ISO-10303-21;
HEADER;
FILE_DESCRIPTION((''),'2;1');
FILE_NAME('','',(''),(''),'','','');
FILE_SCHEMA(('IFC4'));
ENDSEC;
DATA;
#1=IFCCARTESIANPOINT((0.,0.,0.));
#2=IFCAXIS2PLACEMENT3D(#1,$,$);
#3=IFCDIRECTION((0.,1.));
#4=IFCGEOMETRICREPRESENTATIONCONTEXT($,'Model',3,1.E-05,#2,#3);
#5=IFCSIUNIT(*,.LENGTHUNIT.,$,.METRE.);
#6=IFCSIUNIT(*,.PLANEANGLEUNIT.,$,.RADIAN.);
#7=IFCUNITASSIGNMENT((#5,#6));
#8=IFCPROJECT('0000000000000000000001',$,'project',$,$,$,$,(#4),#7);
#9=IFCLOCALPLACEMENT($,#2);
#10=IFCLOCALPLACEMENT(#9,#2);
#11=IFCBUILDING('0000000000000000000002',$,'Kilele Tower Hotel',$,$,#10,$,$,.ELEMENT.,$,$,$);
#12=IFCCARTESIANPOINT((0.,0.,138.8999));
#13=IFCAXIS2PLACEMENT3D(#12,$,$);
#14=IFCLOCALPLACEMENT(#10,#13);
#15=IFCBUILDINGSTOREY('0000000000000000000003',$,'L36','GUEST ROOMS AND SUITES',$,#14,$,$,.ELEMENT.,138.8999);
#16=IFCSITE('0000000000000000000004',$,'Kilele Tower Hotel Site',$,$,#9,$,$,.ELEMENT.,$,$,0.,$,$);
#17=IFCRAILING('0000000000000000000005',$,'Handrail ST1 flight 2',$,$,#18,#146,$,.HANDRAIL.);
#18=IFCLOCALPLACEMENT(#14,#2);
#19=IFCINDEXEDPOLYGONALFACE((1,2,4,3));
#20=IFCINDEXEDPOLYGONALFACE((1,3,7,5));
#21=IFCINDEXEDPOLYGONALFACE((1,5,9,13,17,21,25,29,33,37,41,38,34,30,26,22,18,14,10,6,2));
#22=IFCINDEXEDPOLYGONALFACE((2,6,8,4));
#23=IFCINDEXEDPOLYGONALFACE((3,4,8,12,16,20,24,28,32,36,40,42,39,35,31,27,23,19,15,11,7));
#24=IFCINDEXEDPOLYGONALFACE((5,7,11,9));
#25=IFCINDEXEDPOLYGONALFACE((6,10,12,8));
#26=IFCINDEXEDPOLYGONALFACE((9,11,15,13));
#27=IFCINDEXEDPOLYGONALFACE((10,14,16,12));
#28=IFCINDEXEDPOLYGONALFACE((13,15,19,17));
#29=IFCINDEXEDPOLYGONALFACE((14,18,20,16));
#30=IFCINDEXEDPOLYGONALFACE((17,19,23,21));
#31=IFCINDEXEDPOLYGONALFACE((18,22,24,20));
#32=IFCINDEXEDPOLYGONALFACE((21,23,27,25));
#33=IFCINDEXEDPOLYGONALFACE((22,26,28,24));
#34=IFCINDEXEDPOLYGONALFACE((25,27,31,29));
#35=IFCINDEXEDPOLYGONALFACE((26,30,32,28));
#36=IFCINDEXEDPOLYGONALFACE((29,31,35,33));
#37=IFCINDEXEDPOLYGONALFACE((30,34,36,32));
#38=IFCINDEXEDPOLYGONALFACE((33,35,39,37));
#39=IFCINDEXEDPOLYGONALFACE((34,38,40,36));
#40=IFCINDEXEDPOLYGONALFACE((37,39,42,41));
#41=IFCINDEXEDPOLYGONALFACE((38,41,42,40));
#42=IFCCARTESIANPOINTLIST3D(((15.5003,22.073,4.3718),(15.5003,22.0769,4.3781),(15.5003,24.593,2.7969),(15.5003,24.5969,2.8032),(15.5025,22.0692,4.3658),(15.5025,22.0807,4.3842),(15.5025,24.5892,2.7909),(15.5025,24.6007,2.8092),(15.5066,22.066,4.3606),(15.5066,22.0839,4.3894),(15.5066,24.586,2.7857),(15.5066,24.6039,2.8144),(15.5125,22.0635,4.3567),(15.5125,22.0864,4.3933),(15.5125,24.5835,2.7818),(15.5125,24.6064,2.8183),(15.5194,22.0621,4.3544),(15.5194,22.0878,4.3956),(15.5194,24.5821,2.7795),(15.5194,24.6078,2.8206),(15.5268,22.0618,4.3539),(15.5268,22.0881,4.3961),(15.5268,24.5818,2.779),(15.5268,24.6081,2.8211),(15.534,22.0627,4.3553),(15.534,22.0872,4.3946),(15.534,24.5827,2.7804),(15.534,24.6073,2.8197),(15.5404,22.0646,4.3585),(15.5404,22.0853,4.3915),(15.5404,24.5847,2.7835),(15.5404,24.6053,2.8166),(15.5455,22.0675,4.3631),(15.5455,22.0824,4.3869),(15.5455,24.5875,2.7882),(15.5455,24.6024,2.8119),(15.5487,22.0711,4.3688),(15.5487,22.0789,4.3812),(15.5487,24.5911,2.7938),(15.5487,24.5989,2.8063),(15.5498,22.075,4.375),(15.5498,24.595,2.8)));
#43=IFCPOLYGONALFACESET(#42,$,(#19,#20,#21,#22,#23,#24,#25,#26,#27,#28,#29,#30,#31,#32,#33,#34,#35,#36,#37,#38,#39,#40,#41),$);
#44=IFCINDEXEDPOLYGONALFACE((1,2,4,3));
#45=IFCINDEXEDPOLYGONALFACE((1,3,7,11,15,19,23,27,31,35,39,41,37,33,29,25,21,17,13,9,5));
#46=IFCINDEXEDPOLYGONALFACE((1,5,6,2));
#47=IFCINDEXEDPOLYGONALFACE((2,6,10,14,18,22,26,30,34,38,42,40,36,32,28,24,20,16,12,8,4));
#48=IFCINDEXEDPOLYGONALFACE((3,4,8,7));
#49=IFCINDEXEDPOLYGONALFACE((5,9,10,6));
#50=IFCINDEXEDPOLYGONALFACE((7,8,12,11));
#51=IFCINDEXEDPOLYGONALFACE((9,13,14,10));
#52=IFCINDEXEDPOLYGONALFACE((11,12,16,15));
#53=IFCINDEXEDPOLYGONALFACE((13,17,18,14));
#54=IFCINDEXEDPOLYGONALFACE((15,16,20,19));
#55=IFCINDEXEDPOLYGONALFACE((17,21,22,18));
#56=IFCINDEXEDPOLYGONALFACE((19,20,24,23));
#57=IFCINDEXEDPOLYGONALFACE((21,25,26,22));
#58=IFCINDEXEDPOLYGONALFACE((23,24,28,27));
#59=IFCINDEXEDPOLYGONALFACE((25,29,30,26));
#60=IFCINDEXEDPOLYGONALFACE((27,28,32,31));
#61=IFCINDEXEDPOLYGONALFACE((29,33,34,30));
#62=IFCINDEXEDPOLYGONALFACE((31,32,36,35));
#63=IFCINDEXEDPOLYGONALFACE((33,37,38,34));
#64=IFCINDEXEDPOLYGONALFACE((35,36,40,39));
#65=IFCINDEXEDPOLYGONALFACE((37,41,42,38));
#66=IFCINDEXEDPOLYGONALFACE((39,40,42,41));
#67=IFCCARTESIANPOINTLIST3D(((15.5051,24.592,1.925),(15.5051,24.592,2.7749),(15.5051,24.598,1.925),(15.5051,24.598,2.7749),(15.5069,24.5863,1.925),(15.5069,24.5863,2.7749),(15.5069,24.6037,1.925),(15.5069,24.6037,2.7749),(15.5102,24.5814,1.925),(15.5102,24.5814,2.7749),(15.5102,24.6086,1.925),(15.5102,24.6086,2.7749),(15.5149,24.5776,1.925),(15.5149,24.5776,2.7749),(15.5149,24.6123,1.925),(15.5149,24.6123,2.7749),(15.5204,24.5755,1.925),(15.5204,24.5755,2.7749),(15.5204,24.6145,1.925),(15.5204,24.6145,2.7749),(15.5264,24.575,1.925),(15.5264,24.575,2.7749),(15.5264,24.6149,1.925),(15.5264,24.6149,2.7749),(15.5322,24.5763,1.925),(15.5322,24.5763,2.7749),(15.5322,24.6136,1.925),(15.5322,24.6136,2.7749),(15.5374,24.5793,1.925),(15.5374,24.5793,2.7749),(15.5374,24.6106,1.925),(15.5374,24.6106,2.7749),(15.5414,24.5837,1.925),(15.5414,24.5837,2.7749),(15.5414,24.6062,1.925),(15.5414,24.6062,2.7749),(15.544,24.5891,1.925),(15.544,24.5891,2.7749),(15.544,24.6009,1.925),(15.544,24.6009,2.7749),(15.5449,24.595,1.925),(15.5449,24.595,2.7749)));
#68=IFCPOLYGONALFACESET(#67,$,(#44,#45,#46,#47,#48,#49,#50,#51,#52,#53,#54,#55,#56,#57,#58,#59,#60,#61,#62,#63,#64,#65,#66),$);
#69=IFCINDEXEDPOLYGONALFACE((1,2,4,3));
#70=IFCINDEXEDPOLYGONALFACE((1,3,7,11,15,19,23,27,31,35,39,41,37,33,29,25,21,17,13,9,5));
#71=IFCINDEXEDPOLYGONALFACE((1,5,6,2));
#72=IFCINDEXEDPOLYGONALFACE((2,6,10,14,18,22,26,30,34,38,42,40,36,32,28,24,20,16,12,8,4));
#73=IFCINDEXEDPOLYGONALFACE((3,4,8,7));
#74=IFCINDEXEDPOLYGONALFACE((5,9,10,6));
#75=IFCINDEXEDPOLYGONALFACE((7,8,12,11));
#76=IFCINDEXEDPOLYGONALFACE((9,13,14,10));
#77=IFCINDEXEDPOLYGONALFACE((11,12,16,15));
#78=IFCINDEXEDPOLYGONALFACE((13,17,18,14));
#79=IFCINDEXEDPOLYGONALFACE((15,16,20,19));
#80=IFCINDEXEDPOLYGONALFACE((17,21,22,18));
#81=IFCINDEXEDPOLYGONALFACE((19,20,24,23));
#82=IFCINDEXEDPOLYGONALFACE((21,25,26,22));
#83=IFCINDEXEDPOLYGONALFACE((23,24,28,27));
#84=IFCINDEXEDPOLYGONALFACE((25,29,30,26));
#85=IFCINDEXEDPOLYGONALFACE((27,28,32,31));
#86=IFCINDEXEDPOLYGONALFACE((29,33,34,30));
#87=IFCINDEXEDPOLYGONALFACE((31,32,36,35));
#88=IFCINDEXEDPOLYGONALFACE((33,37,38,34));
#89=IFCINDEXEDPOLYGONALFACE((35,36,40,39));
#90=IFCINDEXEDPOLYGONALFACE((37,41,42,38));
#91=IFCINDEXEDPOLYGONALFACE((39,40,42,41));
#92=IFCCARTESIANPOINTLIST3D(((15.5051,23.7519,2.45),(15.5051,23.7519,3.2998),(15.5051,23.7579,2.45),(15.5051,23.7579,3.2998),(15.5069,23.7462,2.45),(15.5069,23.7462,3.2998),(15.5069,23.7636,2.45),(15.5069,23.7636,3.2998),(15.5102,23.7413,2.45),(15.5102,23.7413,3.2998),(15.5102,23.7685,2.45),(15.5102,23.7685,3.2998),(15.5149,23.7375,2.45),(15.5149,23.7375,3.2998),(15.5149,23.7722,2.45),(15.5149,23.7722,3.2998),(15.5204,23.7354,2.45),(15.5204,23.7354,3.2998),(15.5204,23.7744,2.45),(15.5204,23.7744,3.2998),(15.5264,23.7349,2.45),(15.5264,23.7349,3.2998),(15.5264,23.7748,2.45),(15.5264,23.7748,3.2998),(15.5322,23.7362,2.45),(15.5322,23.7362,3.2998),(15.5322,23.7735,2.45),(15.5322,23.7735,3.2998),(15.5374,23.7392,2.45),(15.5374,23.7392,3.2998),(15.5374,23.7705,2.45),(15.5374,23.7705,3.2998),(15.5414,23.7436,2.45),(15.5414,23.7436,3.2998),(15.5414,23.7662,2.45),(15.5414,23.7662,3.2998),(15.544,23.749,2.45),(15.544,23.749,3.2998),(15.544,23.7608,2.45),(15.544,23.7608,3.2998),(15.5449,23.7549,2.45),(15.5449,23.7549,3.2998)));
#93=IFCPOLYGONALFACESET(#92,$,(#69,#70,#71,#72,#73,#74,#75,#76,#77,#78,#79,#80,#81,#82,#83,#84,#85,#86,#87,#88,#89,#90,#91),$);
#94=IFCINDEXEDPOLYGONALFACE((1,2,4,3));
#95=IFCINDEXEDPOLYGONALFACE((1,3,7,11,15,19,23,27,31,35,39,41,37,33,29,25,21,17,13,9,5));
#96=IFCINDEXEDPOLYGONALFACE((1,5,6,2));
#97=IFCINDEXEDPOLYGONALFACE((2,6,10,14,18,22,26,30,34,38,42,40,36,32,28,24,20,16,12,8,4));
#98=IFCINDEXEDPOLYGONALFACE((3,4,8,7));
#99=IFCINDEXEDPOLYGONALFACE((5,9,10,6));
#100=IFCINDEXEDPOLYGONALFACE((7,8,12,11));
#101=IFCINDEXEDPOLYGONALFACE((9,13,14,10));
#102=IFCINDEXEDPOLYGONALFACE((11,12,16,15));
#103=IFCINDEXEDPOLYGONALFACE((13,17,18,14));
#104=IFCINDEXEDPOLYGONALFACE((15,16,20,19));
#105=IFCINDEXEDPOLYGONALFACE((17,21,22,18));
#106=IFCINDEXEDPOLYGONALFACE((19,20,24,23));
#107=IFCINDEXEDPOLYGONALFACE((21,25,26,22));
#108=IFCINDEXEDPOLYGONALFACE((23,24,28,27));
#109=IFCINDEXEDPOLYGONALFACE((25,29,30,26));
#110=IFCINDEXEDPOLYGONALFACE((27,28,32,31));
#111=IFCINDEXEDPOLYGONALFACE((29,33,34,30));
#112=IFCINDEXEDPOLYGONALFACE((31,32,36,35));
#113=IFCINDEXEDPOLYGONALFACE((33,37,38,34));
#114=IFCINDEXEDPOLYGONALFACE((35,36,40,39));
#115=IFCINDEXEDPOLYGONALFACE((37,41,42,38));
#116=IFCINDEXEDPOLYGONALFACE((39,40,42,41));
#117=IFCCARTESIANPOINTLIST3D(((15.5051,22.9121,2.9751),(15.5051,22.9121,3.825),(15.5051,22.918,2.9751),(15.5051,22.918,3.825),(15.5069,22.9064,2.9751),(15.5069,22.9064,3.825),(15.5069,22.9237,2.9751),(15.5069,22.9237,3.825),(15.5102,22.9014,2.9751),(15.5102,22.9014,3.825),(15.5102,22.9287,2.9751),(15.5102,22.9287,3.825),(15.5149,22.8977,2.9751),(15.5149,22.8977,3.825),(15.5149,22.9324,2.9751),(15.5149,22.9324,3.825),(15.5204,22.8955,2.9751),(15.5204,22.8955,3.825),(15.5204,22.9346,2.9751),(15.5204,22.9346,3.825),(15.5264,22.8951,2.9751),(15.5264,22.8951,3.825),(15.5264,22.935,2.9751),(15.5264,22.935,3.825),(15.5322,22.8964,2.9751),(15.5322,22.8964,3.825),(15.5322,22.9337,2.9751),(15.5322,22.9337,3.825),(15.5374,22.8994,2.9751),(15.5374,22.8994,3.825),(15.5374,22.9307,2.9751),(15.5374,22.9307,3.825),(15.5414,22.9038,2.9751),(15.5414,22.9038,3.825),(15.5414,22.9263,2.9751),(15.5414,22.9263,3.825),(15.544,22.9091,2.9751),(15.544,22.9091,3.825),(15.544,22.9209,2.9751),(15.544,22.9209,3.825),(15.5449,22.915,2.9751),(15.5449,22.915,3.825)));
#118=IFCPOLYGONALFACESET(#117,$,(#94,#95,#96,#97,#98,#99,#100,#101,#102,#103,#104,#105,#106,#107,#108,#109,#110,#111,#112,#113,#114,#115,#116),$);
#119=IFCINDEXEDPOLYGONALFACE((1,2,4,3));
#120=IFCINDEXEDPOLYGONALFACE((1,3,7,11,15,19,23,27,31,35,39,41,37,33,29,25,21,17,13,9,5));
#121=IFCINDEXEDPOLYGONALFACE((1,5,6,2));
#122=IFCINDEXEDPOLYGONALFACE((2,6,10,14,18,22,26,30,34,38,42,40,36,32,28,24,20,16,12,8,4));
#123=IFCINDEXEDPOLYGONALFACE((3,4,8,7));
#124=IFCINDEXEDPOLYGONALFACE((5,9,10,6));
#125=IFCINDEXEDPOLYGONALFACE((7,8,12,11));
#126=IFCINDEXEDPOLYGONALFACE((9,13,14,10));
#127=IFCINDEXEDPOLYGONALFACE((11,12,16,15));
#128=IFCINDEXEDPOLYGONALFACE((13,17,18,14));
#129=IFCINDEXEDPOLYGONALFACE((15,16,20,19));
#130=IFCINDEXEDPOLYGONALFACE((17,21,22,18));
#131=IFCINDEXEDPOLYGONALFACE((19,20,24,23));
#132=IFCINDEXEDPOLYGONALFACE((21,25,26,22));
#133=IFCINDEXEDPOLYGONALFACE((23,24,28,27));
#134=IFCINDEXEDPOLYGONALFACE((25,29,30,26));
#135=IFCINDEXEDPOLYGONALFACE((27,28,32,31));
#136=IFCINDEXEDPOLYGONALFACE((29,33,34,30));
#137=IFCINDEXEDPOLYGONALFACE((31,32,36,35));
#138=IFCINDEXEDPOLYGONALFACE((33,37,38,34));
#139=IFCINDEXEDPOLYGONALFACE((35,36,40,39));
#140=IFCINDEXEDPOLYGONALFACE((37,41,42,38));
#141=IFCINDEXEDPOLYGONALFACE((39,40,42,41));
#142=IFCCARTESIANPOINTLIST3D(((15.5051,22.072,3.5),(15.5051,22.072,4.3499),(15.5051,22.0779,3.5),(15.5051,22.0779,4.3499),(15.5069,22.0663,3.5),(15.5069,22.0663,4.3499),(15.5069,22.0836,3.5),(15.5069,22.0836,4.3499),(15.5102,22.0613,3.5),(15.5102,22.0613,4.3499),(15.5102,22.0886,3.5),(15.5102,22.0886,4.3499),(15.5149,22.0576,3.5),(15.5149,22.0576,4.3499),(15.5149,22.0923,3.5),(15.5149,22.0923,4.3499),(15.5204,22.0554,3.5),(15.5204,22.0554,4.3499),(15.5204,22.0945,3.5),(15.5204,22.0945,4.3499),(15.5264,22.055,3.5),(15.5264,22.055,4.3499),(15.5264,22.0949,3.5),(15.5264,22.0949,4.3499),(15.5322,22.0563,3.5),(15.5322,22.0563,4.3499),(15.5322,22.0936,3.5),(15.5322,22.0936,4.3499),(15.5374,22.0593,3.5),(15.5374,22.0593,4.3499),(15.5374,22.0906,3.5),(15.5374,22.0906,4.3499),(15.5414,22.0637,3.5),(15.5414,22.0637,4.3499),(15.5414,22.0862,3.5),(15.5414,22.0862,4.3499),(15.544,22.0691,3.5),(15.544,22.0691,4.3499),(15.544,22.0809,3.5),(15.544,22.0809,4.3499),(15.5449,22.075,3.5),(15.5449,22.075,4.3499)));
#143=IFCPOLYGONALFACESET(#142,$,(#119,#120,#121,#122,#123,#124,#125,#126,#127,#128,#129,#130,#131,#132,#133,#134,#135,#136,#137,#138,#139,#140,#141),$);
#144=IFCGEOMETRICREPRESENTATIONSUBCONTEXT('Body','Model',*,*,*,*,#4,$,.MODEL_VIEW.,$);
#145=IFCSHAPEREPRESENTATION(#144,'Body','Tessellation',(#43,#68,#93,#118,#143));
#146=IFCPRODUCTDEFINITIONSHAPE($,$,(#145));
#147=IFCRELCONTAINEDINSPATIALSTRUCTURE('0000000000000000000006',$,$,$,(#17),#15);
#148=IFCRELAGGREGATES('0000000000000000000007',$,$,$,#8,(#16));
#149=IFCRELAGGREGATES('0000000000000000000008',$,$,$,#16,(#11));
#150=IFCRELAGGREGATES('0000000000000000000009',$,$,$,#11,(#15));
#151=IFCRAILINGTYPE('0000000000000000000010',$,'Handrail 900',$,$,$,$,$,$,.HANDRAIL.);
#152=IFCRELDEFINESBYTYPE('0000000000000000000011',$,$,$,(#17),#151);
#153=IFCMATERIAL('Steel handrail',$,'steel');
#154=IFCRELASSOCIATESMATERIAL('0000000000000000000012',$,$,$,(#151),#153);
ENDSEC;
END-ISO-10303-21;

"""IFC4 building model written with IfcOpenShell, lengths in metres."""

from ifc_helpers import new_model, si_unit, direction, frame, origin, origin_2d, place, context, subcontext, project, spatial, circle, extrude, material, type_object, element, save


model = new_model("IFC4")

# Units and contexts
model_context = context("Model", 3, precision=1e-05, world=origin(), true_north=direction((0.0, 1.0)))
body_context = subcontext(model_context, "Body", "Model", "MODEL_VIEW")
ifc_project = project(units=[si_unit("LENGTHUNIT", "METRE"), si_unit("PLANEANGLEUNIT", "RADIAN")], contexts=[model_context])

# Site, building, storey
site_placement = place(None, origin())
site = spatial("IfcSite", under=ifc_project, at=site_placement, Name="Kilele Tower Hotel Site", CompositionType="ELEMENT", RefElevation=0.0)
building_placement = place(site_placement, origin())
building = spatial("IfcBuilding", under=site, at=building_placement, Name="Kilele Tower Hotel", CompositionType="ELEMENT")
storey_placement = place(building_placement, frame((0.0, 0.0, 138.8999)))
storey = spatial("IfcBuildingStorey", under=building, at=storey_placement, Name="L36", Description="GUEST ROOMS AND SUITES", CompositionType="ELEMENT", Elevation=138.8999)

# Railing
ifc_material_1 = material(Name="Steel handrail", Category="steel")
railing_type_1 = type_object("IfcRailingType", Name="Handrail 900", PredefinedType="HANDRAIL", material=ifc_material_1)
for number, where, name in (
    (1, (15.5249, 24.595, 1.925), "Handrail ST1 flight 2"),
):
    element("IfcRailing", number, at=place(storey_placement, frame(where)), inside=storey, type_object=railing_type_1, Name=name, PredefinedType="HANDRAIL", context=body_context, shape_type="SweptSolid", body=[
        extrude(circle(Radius=0.0249, at=origin_2d()), frame((0.0, 0.0, 0.875), z_axis=(0.0, -0.848008, 0.529984), x_axis=(1.0, 0.0, 0.0)), (0.0, 0.0, 1.0), 2.9717),
        extrude(circle(Radius=0.02, at=origin_2d()), origin(), (0.0, 0.0, 1.0), 0.8499),
        extrude(circle(Radius=0.02, at=origin_2d()), frame((0.0, -0.8401, 0.5249)), (0.0, 0.0, 1.0), 0.8499),
        extrude(circle(Radius=0.02, at=origin_2d()), frame((0.0, -1.6799, 1.05)), (0.0, 0.0, 1.0), 0.8499),
        extrude(circle(Radius=0.02, at=origin_2d()), frame((0.0, -2.52, 1.575)), (0.0, 0.0, 1.0), 0.8499),
    ])

save(model, "model.ifc")
